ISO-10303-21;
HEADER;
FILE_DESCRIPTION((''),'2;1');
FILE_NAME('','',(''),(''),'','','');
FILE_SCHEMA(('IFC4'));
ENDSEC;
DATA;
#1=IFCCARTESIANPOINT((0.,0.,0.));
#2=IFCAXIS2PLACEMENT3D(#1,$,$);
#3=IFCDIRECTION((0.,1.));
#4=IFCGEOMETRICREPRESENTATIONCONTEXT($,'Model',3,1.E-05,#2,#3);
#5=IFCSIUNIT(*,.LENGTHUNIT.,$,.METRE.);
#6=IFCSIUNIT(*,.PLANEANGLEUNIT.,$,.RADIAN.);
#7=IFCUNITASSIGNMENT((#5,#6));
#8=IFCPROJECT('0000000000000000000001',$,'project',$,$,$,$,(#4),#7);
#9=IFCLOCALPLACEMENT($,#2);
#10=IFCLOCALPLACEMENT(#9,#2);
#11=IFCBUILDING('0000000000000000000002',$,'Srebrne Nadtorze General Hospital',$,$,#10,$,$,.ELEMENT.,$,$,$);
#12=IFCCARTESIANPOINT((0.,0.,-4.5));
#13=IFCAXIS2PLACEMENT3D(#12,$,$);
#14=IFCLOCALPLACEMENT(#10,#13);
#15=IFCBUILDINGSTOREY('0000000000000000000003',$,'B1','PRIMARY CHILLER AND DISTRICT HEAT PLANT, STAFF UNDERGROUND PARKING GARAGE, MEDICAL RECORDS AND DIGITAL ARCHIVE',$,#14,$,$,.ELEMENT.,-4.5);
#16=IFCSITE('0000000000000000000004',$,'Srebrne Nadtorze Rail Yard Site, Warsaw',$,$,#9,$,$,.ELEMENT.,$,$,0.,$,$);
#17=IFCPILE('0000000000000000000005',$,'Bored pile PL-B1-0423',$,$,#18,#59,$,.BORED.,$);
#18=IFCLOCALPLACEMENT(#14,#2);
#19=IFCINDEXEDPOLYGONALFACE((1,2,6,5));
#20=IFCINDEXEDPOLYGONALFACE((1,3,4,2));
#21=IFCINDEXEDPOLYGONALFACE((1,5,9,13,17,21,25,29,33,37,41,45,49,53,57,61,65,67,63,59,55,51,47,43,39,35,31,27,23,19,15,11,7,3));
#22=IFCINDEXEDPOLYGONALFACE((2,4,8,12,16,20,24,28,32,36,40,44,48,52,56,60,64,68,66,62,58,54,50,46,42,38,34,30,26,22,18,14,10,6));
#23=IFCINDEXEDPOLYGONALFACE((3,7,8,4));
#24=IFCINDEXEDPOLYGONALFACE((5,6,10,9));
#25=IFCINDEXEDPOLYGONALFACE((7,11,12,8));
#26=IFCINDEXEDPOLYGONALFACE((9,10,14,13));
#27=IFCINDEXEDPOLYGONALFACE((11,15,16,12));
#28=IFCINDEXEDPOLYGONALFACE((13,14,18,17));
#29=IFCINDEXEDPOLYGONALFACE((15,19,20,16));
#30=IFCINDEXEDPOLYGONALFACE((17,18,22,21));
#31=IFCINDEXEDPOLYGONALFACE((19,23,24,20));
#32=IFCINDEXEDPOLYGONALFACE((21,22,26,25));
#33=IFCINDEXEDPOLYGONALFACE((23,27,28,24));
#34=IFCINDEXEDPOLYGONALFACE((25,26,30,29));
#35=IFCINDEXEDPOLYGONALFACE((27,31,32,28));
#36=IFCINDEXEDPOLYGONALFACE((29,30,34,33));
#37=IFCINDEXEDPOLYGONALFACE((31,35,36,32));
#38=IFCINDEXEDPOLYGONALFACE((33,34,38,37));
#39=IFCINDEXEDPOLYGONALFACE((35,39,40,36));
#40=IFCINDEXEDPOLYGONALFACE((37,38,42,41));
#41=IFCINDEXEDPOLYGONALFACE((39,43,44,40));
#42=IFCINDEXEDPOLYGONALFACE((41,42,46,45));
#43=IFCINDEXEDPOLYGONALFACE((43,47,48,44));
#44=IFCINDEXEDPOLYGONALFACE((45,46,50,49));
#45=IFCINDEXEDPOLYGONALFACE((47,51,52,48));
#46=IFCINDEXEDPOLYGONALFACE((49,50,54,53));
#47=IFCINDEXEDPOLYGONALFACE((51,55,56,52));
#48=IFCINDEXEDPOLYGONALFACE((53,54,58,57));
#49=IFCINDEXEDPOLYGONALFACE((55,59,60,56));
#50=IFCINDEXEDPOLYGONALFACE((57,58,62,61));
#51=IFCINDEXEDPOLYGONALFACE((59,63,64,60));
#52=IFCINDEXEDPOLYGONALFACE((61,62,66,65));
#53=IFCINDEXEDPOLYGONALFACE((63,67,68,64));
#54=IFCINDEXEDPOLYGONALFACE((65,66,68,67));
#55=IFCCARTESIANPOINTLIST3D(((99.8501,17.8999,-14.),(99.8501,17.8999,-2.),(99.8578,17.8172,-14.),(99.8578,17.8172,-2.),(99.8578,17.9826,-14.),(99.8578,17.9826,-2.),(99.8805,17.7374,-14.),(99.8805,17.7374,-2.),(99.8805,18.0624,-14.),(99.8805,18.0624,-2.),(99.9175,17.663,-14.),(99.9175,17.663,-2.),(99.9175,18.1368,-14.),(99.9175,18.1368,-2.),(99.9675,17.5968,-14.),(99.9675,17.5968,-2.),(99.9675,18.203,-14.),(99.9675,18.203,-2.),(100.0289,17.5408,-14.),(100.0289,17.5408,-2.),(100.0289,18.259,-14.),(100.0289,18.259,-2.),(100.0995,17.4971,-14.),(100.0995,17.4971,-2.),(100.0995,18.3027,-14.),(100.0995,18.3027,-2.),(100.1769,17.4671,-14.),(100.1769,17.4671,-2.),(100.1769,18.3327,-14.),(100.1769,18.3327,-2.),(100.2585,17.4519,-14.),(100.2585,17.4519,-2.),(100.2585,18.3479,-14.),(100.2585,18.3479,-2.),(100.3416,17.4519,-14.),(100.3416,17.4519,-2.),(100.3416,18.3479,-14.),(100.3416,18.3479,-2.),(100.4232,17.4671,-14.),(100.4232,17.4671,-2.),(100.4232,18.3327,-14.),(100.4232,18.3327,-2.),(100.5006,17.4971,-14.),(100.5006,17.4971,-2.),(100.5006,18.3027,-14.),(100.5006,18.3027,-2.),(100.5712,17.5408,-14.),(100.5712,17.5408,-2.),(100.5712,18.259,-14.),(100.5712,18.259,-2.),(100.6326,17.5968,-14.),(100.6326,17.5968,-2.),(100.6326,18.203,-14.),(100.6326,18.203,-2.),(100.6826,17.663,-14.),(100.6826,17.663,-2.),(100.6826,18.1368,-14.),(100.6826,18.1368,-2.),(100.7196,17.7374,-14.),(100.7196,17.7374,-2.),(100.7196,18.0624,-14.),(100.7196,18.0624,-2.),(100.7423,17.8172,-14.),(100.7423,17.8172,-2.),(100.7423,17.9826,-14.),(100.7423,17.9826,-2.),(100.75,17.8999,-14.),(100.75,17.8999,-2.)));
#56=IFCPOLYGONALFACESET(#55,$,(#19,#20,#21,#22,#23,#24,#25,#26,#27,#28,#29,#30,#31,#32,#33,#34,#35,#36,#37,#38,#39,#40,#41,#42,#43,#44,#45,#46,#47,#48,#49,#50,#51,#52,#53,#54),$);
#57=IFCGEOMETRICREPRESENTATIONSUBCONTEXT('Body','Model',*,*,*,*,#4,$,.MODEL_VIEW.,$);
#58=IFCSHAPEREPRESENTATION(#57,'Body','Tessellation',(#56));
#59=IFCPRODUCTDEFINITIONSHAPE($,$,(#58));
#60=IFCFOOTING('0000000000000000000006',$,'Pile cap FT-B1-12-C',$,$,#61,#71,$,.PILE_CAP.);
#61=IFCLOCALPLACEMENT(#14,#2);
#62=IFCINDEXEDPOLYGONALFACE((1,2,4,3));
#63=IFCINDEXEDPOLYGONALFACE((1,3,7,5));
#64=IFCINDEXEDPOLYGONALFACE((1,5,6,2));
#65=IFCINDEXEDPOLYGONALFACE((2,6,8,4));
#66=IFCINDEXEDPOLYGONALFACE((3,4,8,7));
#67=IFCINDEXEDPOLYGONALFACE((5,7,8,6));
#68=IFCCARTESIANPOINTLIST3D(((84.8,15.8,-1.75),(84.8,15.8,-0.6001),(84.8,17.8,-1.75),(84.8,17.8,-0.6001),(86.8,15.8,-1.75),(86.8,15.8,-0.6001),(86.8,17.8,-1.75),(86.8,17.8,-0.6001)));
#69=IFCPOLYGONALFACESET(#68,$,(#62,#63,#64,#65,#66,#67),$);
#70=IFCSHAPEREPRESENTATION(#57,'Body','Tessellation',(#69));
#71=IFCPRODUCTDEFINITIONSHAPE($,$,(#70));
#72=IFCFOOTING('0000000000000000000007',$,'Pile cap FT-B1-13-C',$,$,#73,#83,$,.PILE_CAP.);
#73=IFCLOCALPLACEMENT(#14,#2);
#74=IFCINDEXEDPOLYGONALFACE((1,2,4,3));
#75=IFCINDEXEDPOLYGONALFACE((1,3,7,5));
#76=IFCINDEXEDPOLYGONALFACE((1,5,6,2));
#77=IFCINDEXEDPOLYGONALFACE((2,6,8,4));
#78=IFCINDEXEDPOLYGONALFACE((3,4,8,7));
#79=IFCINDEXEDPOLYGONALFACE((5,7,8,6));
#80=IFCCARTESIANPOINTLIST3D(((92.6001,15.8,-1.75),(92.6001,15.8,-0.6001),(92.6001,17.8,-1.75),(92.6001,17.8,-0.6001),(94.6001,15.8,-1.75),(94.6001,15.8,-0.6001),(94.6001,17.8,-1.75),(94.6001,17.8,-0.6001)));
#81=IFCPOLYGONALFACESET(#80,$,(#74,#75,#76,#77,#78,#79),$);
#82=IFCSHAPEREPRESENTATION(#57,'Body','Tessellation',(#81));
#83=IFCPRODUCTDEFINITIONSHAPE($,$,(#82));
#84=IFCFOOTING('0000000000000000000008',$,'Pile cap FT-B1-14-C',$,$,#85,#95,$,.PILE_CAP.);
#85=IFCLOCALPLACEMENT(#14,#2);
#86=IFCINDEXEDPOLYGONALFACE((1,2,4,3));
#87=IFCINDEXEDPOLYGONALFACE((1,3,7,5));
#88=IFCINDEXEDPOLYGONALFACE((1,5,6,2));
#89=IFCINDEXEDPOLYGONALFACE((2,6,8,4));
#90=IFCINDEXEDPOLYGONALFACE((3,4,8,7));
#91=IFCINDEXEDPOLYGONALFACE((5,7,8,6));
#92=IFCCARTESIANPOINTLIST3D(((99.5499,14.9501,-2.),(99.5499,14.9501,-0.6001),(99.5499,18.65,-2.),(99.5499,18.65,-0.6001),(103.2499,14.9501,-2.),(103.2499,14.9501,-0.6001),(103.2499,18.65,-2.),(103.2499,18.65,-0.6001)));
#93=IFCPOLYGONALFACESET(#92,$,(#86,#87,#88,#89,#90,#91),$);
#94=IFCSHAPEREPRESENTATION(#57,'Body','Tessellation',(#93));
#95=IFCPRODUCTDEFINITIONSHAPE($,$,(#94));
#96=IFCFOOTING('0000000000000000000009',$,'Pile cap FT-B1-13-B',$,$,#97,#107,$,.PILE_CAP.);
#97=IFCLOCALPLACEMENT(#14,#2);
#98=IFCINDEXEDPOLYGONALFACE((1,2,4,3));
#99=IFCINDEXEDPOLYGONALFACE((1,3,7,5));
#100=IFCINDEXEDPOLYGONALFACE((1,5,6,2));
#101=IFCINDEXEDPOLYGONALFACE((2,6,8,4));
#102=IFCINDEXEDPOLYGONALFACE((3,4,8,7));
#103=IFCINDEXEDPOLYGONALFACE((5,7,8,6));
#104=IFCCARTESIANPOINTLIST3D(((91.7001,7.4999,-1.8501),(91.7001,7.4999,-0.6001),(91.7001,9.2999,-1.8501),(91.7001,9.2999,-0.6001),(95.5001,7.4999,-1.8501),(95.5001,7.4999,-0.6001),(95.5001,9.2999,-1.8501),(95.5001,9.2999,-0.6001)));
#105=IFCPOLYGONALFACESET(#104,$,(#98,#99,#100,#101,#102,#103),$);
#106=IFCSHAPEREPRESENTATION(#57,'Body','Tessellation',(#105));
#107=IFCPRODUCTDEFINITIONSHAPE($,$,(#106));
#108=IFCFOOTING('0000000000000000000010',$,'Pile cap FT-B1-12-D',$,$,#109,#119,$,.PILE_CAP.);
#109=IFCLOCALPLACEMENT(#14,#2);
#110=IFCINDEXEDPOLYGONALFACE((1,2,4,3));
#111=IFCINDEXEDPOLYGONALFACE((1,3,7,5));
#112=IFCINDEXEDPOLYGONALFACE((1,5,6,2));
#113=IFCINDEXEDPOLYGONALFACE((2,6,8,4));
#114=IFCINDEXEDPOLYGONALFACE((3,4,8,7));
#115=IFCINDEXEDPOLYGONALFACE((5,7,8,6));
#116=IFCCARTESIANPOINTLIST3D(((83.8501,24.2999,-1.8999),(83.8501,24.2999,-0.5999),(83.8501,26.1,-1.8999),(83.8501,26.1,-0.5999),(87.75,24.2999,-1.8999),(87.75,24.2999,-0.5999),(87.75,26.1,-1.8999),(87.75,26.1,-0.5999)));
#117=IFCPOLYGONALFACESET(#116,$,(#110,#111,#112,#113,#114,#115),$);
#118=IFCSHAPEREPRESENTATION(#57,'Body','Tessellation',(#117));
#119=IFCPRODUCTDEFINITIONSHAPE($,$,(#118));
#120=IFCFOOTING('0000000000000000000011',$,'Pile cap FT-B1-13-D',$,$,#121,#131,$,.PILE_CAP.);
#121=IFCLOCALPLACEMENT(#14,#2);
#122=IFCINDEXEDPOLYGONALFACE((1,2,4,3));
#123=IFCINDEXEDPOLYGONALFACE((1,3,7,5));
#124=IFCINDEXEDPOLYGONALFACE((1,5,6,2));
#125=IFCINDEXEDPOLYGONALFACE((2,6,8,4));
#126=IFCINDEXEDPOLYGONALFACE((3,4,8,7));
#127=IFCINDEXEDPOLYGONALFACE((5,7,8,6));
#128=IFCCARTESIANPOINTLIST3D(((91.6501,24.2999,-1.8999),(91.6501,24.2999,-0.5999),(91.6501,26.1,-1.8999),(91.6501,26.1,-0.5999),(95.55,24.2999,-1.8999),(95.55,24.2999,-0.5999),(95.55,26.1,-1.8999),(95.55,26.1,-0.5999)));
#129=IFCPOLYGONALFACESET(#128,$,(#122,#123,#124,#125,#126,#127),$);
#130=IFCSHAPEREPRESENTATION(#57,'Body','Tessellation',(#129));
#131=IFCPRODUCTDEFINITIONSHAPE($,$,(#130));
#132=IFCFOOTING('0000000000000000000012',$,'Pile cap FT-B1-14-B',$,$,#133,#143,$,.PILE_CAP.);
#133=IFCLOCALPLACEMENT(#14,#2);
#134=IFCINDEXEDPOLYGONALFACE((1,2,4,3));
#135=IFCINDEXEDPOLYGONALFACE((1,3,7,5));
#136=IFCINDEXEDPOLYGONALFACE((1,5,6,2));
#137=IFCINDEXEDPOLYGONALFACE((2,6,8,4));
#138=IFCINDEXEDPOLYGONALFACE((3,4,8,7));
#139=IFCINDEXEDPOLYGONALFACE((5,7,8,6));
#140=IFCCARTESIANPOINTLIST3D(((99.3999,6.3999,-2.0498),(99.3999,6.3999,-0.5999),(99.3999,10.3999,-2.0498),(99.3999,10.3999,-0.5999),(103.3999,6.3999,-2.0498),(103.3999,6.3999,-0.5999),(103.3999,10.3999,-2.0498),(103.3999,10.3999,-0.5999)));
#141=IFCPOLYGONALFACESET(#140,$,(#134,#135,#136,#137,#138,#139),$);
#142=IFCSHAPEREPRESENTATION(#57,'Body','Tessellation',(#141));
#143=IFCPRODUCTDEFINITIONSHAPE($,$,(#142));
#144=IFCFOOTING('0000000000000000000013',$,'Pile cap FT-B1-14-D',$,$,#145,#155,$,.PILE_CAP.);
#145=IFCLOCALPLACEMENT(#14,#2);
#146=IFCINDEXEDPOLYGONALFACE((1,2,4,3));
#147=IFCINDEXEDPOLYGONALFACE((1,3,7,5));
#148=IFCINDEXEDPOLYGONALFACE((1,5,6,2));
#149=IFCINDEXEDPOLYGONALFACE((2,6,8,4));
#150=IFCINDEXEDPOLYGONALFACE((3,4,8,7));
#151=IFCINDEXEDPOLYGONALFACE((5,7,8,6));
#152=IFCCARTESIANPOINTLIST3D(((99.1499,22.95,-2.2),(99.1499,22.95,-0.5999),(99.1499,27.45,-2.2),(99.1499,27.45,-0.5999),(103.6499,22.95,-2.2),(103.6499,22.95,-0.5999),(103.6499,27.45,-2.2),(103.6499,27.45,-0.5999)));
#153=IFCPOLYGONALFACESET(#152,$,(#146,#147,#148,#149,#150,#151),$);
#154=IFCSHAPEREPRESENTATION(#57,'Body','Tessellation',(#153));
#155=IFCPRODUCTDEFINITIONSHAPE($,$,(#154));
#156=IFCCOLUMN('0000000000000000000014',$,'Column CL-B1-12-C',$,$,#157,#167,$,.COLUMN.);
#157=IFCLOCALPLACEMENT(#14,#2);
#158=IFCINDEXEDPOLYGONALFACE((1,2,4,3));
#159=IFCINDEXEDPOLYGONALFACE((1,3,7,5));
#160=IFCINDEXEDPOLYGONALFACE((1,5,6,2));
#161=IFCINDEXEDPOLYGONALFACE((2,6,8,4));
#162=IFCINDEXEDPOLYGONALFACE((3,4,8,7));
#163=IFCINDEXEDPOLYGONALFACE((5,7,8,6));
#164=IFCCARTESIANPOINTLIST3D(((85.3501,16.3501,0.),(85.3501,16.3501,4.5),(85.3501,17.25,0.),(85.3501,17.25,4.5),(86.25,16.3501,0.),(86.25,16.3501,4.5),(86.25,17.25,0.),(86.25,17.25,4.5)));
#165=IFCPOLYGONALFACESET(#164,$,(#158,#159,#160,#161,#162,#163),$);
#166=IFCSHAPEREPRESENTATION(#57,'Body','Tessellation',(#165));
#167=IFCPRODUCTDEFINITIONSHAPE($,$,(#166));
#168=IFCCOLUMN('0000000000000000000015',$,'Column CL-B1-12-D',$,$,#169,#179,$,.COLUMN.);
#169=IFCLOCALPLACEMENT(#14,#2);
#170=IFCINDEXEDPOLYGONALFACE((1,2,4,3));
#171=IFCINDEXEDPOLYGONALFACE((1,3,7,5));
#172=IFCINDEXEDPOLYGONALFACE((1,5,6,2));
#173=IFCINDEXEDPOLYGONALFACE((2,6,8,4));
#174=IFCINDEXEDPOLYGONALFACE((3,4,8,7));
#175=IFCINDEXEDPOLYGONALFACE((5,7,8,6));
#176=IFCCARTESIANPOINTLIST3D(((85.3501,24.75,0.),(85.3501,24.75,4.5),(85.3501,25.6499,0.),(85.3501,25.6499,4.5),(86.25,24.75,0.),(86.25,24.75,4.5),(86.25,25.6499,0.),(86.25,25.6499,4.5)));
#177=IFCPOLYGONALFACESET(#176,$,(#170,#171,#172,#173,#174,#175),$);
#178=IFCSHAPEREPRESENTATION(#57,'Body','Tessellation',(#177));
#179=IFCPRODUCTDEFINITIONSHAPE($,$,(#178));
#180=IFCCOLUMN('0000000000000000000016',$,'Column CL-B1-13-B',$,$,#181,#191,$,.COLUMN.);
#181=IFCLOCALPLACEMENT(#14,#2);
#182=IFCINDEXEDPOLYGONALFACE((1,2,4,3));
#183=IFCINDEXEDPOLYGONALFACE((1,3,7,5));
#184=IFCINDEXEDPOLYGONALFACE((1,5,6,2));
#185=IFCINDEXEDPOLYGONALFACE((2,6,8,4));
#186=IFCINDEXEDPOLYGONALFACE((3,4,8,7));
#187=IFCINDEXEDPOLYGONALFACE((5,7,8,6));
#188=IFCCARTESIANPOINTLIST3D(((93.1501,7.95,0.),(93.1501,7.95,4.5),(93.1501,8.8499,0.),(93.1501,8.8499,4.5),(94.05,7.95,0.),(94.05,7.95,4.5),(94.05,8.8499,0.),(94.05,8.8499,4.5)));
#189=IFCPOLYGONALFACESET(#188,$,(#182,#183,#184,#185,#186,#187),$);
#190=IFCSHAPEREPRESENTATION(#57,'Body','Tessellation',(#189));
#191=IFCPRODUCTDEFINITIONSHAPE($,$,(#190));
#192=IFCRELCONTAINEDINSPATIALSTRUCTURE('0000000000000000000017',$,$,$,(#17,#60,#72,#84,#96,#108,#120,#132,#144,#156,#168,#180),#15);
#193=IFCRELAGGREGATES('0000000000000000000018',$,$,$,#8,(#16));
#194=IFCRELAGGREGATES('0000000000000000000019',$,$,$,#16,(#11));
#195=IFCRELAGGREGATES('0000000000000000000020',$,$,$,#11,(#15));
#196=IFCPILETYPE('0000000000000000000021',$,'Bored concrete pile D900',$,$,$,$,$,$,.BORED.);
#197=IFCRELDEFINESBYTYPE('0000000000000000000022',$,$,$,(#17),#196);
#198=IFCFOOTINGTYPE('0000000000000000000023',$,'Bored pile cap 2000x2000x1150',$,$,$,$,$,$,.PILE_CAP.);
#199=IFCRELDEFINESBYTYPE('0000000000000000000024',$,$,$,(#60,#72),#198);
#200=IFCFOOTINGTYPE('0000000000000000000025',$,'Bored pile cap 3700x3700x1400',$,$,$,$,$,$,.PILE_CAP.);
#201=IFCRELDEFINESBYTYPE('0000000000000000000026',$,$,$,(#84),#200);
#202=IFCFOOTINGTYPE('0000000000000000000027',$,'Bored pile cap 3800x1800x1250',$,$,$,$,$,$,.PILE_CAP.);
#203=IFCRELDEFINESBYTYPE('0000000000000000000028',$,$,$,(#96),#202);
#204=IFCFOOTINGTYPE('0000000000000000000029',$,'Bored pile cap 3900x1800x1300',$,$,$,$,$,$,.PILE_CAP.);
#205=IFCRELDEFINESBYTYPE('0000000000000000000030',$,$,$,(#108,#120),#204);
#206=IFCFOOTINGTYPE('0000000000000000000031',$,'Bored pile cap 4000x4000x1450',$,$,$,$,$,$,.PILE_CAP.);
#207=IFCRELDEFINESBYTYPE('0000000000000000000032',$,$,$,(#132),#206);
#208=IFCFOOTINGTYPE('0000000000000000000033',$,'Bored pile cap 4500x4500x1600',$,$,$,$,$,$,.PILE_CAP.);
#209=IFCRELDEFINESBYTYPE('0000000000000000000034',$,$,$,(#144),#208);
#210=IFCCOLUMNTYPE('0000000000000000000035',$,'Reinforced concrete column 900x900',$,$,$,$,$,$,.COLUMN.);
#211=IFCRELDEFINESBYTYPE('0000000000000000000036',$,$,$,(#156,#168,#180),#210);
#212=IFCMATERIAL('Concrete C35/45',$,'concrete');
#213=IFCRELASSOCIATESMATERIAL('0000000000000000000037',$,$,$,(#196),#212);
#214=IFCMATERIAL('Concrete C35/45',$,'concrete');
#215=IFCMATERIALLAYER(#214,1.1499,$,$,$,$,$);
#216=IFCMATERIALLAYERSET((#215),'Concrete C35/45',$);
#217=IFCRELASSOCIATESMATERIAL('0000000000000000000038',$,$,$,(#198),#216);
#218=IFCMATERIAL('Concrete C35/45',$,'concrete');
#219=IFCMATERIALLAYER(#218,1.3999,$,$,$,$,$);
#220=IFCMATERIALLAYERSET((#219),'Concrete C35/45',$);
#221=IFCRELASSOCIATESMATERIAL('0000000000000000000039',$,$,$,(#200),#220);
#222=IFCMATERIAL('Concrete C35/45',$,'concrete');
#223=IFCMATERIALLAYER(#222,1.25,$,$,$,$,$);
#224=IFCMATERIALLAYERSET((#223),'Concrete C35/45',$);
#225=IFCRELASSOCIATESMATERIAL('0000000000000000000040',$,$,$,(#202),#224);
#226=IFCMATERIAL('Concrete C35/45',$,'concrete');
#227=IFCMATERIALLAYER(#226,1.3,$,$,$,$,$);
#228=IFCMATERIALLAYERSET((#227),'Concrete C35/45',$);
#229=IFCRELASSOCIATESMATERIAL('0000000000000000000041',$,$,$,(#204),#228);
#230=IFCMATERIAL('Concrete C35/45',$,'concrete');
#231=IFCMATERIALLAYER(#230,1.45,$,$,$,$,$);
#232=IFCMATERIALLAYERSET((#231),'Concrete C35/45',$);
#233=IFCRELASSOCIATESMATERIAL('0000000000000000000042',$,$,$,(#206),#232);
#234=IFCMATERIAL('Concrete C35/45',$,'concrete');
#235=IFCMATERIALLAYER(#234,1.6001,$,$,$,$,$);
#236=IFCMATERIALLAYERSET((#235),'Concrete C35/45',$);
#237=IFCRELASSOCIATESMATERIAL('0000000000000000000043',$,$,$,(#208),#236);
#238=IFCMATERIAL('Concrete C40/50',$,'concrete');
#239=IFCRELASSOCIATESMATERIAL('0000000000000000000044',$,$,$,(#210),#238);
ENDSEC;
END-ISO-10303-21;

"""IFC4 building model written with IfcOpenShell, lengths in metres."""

from ifc_helpers import new_model, si_unit, direction, frame, origin, origin_2d, place, context, subcontext, project, spatial, rectangle, circle, extrude, material, layer, layer_set, material_profile, profile_set, type_object, element, save


model = new_model("IFC4")

# Units and contexts
model_context = context("Model", 3, precision=1e-05, world=origin(), true_north=direction((0.0, 1.0)))
body_context = subcontext(model_context, "Body", "Model", "MODEL_VIEW")
ifc_project = project(units=[si_unit("LENGTHUNIT", "METRE"), si_unit("PLANEANGLEUNIT", "RADIAN")], contexts=[model_context])

# Site, building, storey
site_placement = place(None, origin())
site = spatial("IfcSite", under=ifc_project, at=site_placement, Name="Srebrne Nadtorze Rail Yard Site, Warsaw", CompositionType="ELEMENT", RefElevation=0.0)
building_placement = place(site_placement, origin())
building = spatial("IfcBuilding", under=site, at=building_placement, Name="Srebrne Nadtorze General Hospital", CompositionType="ELEMENT")
storey_placement = place(building_placement, frame((0.0, 0.0, -4.5)))
storey = spatial("IfcBuildingStorey", under=building, at=storey_placement, Name="B1", Description="PRIMARY CHILLER AND DISTRICT HEAT PLANT, STAFF UNDERGROUND PARKING GARAGE, MEDICAL RECORDS AND DIGITAL ARCHIVE", CompositionType="ELEMENT", Elevation=-4.5)

# Pile
ifc_material_1 = material(Name="Concrete C35/45", Category="concrete")
ifc_material_profile_1 = material_profile(ifc_material_1, circle(Radius=0.45, at=origin_2d()), Name="PILE-D900")
ifc_profile_set_1 = profile_set([ifc_material_profile_1], Name="Concrete C35/45")
pile_type_1 = type_object("IfcPileType", Name="Bored concrete pile D900", PredefinedType="BORED", material=ifc_profile_set_1)
for number, where, z_axis, x_axis, name in (
    (1, (100.3, 17.8999, -2.0), (0.0, 0.0, -1.0), (1.0, 0.0, 0.0), "Bored pile PL-B1-0423"),
):
    element("IfcPile", number, at=place(storey_placement, frame(where, z_axis=z_axis, x_axis=x_axis)), inside=storey, type_object=pile_type_1, Name=name, PredefinedType="BORED", context=body_context, shape_type="SweptSolid", body=[
        extrude(circle(Radius=0.45, at=origin_2d()), origin(), (0.0, 0.0, 1.0), 12.0),
    ])

# Footings
ifc_material_2 = material(Name="Concrete C35/45", Category="concrete")
ifc_layer_1 = layer(ifc_material_2, 1.1499)
ifc_layer_set_1 = layer_set([ifc_layer_1], Name="Concrete C35/45")
footing_type_1 = type_object("IfcFootingType", Name="Bored pile cap 2000x2000x1150", PredefinedType="PILE_CAP", material=ifc_layer_set_1)
for number, where, z_axis, x_axis, name in (
    (2, (85.8, 16.8, -1.75), (0.0, 0.0, 1.0), (1.0, 0.0, 0.0), "Pile cap FT-B1-12-C"),
    (3, (93.6001, 16.8, -1.75), (0.0, 0.0, 1.0), (1.0, 0.0, 0.0), "Pile cap FT-B1-13-C"),
):
    element("IfcFooting", number, at=place(storey_placement, frame(where, z_axis=z_axis, x_axis=x_axis)), inside=storey, type_object=footing_type_1, Name=name, PredefinedType="PILE_CAP", context=body_context, shape_type="SweptSolid", body=[
        extrude(rectangle(XDim=2.0, YDim=2.0, at=origin_2d()), origin(), (0.0, 0.0, 1.0), 1.1499),
    ])
ifc_material_3 = material(Name="Concrete C35/45", Category="concrete")
ifc_layer_2 = layer(ifc_material_3, 1.3999)
ifc_layer_set_2 = layer_set([ifc_layer_2], Name="Concrete C35/45")
footing_type_2 = type_object("IfcFootingType", Name="Bored pile cap 3700x3700x1400", PredefinedType="PILE_CAP", material=ifc_layer_set_2)
footing_1_placement = place(storey_placement, frame((101.3999, 16.8, -2.0), z_axis=(0.0, 0.0, 1.0), x_axis=(1.0, 0.0, 0.0)))
element("IfcFooting", 4, at=footing_1_placement, inside=storey, type_object=footing_type_2, Name="Pile cap FT-B1-14-C", PredefinedType="PILE_CAP", context=body_context, shape_type="SweptSolid", body=[
    extrude(rectangle(XDim=3.7, YDim=3.7, at=origin_2d()), origin(), (0.0, 0.0, 1.0), 1.3999),
])
ifc_material_4 = material(Name="Concrete C35/45", Category="concrete")
ifc_layer_3 = layer(ifc_material_4, 1.25)
ifc_layer_set_3 = layer_set([ifc_layer_3], Name="Concrete C35/45")
footing_type_3 = type_object("IfcFootingType", Name="Bored pile cap 3800x1800x1250", PredefinedType="PILE_CAP", material=ifc_layer_set_3)
footing_2_placement = place(storey_placement, frame((93.6001, 8.3999, -1.8501), z_axis=(0.0, 0.0, 1.0), x_axis=(1.0, 0.0, 0.0)))
element("IfcFooting", 5, at=footing_2_placement, inside=storey, type_object=footing_type_3, Name="Pile cap FT-B1-13-B", PredefinedType="PILE_CAP", context=body_context, shape_type="SweptSolid", body=[
    extrude(rectangle(XDim=3.8, YDim=1.8, at=origin_2d()), origin(), (0.0, 0.0, 1.0), 1.25),
])
ifc_material_5 = material(Name="Concrete C35/45", Category="concrete")
ifc_layer_4 = layer(ifc_material_5, 1.3)
ifc_layer_set_4 = layer_set([ifc_layer_4], Name="Concrete C35/45")
footing_type_4 = type_object("IfcFootingType", Name="Bored pile cap 3900x1800x1300", PredefinedType="PILE_CAP", material=ifc_layer_set_4)
for number, where, z_axis, x_axis, name in (
    (6, (85.8, 25.2, -1.8999), (0.0, 0.0, 1.0), (1.0, 0.0, 0.0), "Pile cap FT-B1-12-D"),
    (7, (93.6001, 25.2, -1.8999), (0.0, 0.0, 1.0), (1.0, 0.0, 0.0), "Pile cap FT-B1-13-D"),
):
    element("IfcFooting", number, at=place(storey_placement, frame(where, z_axis=z_axis, x_axis=x_axis)), inside=storey, type_object=footing_type_4, Name=name, PredefinedType="PILE_CAP", context=body_context, shape_type="SweptSolid", body=[
        extrude(rectangle(XDim=3.8999, YDim=1.8, at=origin_2d()), origin(), (0.0, 0.0, 1.0), 1.3),
    ])
ifc_material_6 = material(Name="Concrete C35/45", Category="concrete")
ifc_layer_5 = layer(ifc_material_6, 1.45)
ifc_layer_set_5 = layer_set([ifc_layer_5], Name="Concrete C35/45")
footing_type_5 = type_object("IfcFootingType", Name="Bored pile cap 4000x4000x1450", PredefinedType="PILE_CAP", material=ifc_layer_set_5)
footing_3_placement = place(storey_placement, frame((101.3999, 8.3999, -2.0498), z_axis=(0.0, 0.0, 1.0), x_axis=(1.0, 0.0, 0.0)))
element("IfcFooting", 8, at=footing_3_placement, inside=storey, type_object=footing_type_5, Name="Pile cap FT-B1-14-B", PredefinedType="PILE_CAP", context=body_context, shape_type="SweptSolid", body=[
    extrude(rectangle(XDim=4.0, YDim=4.0, at=origin_2d()), origin(), (0.0, 0.0, 1.0), 1.45),
])
ifc_material_7 = material(Name="Concrete C35/45", Category="concrete")
ifc_layer_6 = layer(ifc_material_7, 1.6001)
ifc_layer_set_6 = layer_set([ifc_layer_6], Name="Concrete C35/45")
footing_type_6 = type_object("IfcFootingType", Name="Bored pile cap 4500x4500x1600", PredefinedType="PILE_CAP", material=ifc_layer_set_6)
footing_4_placement = place(storey_placement, frame((101.3999, 25.2, -2.2), z_axis=(0.0, 0.0, 1.0), x_axis=(1.0, 0.0, 0.0)))
element("IfcFooting", 9, at=footing_4_placement, inside=storey, type_object=footing_type_6, Name="Pile cap FT-B1-14-D", PredefinedType="PILE_CAP", context=body_context, shape_type="SweptSolid", body=[
    extrude(rectangle(XDim=4.5, YDim=4.5, at=origin_2d()), origin(), (0.0, 0.0, 1.0), 1.6001),
])

# Columns
ifc_material_8 = material(Name="Concrete C40/50", Category="concrete")
ifc_material_profile_2 = material_profile(ifc_material_8, rectangle(XDim=0.8999, YDim=0.8999, at=origin_2d()), Name="RC-COL-900x900")
ifc_profile_set_2 = profile_set([ifc_material_profile_2], Name="Concrete C40/50")
column_type_1 = type_object("IfcColumnType", Name="Reinforced concrete column 900x900", PredefinedType="COLUMN", material=ifc_profile_set_2)
for number, where, z_axis, x_axis, name in (
    (10, (85.8, 16.8, 0.0), (0.0, 0.0, 1.0), (1.0, 0.0, 0.0), "Column CL-B1-12-C"),
    (11, (85.8, 25.2, 0.0), (0.0, 0.0, 1.0), (1.0, 0.0, 0.0), "Column CL-B1-12-D"),
    (12, (93.6001, 8.3999, 0.0), (0.0, 0.0, 1.0), (1.0, 0.0, 0.0), "Column CL-B1-13-B"),
):
    element("IfcColumn", number, at=place(storey_placement, frame(where, z_axis=z_axis, x_axis=x_axis)), inside=storey, type_object=column_type_1, Name=name, PredefinedType="COLUMN", context=body_context, shape_type="SweptSolid", body=[
        extrude(rectangle(XDim=0.8999, YDim=0.8999, at=origin_2d()), origin(), (0.0, 0.0, 1.0), 4.5),
    ])

save(model, "model.ifc")
